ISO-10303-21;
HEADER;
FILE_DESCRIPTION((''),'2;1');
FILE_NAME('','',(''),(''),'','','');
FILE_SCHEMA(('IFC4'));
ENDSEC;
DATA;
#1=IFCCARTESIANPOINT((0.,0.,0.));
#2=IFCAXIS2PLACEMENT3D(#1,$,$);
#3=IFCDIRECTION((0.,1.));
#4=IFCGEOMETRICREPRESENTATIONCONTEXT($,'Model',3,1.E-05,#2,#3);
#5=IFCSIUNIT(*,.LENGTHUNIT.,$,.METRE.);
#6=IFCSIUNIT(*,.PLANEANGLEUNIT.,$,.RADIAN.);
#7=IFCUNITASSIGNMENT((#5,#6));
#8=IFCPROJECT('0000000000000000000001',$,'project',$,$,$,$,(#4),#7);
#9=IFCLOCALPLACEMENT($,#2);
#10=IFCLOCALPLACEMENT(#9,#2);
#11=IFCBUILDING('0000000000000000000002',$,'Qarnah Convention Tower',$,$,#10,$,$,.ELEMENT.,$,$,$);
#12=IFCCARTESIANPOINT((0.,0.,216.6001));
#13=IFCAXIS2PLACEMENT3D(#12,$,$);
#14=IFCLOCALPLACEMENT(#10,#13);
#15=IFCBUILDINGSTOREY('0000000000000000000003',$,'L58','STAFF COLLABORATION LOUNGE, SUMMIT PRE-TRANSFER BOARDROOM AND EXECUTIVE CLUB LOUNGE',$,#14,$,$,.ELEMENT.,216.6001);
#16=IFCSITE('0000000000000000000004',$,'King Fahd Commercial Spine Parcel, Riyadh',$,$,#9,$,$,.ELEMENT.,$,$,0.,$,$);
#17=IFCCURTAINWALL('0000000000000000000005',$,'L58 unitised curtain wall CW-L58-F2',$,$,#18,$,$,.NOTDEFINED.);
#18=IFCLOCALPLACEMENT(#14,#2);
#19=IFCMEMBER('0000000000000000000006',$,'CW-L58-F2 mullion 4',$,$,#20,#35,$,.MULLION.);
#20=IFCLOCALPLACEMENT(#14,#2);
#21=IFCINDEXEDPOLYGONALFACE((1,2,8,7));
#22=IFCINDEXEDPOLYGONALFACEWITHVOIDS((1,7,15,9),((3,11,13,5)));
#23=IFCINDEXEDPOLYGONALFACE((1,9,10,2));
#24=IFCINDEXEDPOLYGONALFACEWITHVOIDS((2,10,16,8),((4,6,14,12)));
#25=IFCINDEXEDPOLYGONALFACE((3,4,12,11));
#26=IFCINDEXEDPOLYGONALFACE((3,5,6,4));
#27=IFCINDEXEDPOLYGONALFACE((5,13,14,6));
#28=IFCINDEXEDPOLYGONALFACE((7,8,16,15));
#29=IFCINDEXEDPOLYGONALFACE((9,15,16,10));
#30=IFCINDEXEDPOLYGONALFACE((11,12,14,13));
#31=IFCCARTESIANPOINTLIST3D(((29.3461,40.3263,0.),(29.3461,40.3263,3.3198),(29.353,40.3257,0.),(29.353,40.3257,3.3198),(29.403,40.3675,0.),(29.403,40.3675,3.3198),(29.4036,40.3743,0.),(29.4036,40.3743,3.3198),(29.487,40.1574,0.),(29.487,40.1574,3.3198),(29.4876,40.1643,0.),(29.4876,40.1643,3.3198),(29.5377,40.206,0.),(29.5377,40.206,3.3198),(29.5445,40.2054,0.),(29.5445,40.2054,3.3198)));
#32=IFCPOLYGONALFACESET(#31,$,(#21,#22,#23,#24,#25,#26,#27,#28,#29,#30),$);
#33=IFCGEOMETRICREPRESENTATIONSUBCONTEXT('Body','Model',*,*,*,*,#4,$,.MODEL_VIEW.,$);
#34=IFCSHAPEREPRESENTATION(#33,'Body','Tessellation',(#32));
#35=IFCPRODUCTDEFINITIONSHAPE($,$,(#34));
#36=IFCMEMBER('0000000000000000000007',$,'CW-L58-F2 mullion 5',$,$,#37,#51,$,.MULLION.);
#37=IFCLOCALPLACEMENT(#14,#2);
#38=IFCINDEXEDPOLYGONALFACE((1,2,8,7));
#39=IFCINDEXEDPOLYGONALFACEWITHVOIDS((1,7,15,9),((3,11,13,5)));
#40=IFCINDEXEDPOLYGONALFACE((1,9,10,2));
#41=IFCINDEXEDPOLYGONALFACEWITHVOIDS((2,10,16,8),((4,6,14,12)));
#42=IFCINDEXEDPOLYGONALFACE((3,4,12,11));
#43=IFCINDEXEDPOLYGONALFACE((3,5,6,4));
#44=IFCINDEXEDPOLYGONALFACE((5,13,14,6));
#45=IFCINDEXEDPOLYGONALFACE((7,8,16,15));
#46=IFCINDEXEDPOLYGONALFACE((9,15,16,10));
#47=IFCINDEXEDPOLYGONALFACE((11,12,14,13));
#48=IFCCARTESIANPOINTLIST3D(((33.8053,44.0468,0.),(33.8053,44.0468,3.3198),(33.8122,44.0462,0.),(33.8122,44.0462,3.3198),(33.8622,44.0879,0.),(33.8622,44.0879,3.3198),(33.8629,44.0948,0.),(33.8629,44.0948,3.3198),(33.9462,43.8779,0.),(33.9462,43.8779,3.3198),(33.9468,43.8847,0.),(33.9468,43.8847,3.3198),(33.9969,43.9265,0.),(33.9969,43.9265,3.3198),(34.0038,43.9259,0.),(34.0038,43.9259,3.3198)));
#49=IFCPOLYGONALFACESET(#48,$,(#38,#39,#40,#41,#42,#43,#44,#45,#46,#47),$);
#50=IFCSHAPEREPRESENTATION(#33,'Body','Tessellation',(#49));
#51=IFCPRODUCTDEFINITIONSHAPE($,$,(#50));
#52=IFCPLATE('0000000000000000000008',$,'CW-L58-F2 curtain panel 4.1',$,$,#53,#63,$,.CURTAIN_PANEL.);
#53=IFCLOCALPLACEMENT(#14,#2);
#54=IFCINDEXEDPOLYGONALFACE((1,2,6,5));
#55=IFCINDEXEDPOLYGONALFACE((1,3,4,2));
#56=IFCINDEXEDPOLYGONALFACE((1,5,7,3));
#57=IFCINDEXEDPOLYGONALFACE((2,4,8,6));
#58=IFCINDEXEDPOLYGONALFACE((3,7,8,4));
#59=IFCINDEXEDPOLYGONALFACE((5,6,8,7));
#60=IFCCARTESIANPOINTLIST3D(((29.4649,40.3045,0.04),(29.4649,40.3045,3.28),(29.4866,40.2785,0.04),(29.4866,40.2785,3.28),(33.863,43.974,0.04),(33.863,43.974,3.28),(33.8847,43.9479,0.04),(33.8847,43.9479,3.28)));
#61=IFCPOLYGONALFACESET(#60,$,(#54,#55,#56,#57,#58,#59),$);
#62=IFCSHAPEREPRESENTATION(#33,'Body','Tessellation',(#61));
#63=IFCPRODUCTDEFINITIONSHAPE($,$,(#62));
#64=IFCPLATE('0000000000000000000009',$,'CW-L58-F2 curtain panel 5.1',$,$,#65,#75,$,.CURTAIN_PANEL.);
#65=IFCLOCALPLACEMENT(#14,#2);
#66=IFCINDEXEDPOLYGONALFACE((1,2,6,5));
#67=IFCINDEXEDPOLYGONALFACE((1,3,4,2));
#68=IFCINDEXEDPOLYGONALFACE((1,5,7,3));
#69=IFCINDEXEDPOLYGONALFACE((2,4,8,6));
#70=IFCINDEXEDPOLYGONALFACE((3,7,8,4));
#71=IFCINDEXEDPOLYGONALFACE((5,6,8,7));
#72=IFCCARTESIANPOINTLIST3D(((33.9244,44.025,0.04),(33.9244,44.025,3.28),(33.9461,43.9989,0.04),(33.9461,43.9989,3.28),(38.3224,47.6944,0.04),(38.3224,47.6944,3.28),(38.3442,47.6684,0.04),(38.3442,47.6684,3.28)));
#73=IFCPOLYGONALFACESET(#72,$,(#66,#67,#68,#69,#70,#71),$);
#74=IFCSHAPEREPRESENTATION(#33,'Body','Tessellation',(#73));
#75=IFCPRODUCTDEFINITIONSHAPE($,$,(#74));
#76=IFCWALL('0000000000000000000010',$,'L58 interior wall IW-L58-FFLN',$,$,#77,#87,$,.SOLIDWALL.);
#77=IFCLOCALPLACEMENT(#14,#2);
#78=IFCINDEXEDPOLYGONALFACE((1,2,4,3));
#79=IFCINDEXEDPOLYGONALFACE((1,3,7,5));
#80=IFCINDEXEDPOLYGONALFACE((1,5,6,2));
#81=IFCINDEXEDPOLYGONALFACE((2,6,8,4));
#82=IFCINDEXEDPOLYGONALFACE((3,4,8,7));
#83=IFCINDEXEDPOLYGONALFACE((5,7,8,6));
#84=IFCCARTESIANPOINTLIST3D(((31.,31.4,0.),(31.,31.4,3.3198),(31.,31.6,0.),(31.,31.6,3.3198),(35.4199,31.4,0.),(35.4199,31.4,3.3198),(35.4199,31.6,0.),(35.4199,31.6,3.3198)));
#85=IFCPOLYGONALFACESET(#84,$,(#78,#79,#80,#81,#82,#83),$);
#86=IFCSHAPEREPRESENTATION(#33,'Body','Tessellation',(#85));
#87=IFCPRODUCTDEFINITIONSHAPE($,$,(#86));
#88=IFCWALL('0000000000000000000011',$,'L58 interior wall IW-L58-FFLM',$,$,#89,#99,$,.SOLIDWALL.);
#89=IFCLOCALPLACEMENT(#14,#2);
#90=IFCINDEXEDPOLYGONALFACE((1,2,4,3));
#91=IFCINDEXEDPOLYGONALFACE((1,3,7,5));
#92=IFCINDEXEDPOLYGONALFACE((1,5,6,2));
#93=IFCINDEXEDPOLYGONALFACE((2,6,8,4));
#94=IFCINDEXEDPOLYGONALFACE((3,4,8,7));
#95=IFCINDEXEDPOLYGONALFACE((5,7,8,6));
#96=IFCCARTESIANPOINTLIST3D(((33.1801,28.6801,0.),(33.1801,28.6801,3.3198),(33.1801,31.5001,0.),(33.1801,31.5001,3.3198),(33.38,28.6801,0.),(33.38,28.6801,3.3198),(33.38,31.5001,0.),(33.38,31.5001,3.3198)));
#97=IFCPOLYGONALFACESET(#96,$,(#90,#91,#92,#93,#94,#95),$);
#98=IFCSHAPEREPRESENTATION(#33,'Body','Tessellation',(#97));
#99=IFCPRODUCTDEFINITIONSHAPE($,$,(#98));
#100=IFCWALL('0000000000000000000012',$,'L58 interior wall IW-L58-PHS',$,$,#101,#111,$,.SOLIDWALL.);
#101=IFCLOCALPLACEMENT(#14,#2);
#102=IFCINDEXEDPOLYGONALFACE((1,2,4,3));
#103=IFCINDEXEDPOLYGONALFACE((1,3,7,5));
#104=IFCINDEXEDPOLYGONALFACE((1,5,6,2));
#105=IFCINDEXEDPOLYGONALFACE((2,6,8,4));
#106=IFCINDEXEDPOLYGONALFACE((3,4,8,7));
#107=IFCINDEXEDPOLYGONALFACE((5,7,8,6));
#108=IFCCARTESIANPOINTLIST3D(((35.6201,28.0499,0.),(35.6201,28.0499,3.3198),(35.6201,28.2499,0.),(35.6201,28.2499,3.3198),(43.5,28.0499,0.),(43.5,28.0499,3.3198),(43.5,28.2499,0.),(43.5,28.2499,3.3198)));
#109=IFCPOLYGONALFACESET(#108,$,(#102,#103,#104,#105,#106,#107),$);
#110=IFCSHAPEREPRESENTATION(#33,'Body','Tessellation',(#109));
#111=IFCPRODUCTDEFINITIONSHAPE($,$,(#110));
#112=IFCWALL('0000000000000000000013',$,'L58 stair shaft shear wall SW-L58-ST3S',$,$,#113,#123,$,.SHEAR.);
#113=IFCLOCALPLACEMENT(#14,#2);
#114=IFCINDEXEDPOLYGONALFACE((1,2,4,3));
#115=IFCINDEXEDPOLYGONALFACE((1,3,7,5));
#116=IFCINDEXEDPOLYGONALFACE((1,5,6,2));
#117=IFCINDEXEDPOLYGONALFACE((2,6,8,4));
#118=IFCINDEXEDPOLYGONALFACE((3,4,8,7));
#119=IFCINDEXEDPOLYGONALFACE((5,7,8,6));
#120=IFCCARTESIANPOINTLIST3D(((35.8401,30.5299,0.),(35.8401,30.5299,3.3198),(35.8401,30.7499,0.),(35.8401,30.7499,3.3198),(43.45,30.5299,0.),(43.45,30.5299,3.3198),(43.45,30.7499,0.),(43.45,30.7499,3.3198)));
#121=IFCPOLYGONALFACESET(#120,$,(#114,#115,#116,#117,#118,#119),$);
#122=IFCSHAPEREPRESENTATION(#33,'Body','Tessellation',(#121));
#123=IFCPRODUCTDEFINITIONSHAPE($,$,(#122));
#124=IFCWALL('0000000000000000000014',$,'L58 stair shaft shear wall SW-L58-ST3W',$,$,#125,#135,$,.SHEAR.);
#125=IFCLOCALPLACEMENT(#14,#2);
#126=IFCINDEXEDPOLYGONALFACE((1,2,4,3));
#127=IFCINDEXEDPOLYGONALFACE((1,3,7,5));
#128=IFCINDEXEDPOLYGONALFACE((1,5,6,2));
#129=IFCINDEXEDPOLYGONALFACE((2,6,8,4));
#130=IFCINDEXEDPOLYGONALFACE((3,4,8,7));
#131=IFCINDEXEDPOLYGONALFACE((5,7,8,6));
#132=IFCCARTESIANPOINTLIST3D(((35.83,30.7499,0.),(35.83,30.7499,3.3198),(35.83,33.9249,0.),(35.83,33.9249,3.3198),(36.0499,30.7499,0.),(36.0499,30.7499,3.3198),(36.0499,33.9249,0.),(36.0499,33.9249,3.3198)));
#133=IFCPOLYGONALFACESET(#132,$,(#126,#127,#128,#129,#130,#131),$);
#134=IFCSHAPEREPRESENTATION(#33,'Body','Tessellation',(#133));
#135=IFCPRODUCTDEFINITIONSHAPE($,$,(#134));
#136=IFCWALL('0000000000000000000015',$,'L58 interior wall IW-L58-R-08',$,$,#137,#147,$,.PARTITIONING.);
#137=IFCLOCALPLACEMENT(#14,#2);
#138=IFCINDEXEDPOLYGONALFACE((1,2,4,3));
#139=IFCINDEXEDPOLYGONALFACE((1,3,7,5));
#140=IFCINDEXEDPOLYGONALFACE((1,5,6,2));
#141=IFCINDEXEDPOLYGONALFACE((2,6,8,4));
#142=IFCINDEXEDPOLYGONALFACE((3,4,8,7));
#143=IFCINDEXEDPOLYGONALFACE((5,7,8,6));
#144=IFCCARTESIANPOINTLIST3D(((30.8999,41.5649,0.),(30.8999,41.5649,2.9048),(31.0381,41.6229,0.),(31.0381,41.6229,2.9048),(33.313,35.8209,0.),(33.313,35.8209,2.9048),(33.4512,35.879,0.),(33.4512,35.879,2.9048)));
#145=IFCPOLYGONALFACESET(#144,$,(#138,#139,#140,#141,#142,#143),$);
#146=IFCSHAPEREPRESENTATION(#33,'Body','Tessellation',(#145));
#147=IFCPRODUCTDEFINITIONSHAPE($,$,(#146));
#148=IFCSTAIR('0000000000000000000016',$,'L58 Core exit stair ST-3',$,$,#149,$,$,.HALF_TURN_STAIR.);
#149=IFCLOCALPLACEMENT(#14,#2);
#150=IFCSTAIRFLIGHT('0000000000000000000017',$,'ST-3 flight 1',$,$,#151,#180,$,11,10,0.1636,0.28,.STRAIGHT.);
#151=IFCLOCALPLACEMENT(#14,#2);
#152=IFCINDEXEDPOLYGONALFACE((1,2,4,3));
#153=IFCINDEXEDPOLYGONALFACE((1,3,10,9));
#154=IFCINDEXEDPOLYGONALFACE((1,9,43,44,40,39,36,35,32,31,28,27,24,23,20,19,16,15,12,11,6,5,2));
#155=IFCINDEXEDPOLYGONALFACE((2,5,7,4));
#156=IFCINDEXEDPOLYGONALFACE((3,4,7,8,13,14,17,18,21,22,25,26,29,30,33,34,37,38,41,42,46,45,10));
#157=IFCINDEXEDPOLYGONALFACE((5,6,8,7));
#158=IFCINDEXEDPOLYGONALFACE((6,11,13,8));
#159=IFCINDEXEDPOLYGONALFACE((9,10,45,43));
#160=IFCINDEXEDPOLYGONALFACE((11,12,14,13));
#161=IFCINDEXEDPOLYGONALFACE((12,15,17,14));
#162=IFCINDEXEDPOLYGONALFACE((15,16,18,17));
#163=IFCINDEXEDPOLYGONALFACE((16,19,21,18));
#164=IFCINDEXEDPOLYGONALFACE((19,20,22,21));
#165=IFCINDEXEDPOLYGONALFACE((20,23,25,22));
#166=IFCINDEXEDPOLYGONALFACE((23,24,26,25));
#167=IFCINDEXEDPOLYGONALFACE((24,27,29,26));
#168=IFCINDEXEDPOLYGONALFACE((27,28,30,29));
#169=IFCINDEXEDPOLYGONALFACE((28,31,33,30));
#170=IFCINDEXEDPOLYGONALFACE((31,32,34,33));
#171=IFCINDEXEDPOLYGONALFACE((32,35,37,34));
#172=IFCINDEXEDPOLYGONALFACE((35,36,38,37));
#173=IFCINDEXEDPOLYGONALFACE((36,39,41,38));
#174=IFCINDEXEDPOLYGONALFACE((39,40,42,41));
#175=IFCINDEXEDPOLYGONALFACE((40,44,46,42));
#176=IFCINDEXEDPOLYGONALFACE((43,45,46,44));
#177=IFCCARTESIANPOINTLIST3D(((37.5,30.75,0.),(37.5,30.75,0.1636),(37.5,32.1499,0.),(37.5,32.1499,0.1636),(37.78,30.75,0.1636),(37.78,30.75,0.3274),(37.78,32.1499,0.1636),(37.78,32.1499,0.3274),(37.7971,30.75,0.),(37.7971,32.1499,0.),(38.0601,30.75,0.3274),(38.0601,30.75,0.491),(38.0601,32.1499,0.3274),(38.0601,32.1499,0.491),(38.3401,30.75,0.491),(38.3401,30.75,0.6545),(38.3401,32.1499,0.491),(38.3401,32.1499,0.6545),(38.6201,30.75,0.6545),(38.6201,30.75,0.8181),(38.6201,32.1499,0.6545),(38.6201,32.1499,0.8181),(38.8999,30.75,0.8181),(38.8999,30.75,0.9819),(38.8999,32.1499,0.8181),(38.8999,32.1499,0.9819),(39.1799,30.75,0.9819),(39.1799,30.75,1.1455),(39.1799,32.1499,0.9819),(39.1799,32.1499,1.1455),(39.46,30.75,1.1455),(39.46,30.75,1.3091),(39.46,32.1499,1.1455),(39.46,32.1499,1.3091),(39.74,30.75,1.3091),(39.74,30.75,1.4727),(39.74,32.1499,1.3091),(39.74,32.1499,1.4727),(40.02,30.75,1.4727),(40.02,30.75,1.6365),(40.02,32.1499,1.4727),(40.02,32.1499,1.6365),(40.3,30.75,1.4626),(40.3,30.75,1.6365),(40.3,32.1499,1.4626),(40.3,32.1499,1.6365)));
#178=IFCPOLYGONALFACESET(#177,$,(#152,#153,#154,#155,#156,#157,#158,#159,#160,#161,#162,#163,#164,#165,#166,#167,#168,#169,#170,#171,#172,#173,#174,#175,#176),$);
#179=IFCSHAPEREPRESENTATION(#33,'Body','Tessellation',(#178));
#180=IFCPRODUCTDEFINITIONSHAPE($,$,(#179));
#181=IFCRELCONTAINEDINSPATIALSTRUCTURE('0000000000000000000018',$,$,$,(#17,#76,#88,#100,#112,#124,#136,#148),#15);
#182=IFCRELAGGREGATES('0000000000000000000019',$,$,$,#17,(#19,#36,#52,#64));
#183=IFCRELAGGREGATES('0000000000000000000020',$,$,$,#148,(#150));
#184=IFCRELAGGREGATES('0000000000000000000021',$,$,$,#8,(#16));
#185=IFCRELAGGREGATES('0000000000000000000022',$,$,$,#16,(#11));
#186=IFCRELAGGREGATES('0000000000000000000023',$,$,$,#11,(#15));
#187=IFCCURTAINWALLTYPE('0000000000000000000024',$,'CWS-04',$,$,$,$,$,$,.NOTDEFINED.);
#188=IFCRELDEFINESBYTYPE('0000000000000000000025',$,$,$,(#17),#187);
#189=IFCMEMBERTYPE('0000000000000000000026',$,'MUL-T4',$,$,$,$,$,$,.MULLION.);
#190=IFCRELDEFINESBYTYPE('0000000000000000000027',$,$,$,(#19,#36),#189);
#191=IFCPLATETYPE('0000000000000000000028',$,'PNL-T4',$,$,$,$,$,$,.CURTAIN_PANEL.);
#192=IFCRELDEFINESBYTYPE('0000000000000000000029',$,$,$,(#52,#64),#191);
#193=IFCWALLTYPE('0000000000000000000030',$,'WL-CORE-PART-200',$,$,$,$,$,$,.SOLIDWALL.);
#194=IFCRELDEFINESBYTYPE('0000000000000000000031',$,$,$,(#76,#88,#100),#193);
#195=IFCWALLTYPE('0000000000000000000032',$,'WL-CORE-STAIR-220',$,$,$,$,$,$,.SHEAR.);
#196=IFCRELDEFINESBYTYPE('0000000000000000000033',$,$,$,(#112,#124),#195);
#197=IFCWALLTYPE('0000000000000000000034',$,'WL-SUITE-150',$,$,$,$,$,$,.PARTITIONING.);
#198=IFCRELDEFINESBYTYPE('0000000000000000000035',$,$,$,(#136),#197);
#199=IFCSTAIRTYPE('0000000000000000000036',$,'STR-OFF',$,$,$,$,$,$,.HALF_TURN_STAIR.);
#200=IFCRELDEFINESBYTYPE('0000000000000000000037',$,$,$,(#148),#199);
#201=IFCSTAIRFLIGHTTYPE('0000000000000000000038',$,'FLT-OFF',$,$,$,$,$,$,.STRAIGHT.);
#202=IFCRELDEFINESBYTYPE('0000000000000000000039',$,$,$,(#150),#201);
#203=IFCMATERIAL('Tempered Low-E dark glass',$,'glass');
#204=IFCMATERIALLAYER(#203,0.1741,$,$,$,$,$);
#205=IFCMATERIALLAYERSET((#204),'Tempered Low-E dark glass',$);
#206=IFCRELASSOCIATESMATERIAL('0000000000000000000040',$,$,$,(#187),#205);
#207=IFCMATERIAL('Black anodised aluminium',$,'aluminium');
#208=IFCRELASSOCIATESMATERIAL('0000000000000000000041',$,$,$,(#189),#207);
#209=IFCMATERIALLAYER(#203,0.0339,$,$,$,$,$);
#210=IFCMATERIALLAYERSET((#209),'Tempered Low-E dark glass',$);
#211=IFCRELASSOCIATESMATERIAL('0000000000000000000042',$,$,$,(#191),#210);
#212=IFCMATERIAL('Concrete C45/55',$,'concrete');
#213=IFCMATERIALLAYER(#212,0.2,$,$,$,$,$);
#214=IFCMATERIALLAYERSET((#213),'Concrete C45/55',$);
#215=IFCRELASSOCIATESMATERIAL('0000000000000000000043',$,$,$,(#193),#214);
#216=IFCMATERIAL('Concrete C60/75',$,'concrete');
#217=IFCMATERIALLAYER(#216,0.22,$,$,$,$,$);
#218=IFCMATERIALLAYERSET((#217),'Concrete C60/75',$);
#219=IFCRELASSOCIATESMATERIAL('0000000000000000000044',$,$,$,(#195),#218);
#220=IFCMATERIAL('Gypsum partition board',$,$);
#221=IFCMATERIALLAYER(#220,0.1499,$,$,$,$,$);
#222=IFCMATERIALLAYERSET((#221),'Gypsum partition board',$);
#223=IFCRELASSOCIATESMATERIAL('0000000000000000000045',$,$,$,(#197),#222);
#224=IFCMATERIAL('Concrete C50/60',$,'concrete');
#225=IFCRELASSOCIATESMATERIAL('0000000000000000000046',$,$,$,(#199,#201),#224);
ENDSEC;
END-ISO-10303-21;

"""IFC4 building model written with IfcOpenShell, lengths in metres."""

from ifc_helpers import new_model, si_unit, direction, frame, frame_2d, origin, origin_2d, place, context, subcontext, project, spatial, polyline, rectangle, hollow_rectangle, outline, extrude, material, layer, layer_set, material_profile, profile_set, type_object, element, aggregate, save


model = new_model("IFC4")

# Units and contexts
model_context = context("Model", 3, precision=1e-05, world=origin(), true_north=direction((0.0, 1.0)))
body_context = subcontext(model_context, "Body", "Model", "MODEL_VIEW")
ifc_project = project(units=[si_unit("LENGTHUNIT", "METRE"), si_unit("PLANEANGLEUNIT", "RADIAN")], contexts=[model_context])

# Site, building, storey
site_placement = place(None, origin())
site = spatial("IfcSite", under=ifc_project, at=site_placement, Name="King Fahd Commercial Spine Parcel, Riyadh", CompositionType="ELEMENT", RefElevation=0.0)
building_placement = place(site_placement, origin())
building = spatial("IfcBuilding", under=site, at=building_placement, Name="Qarnah Convention Tower", CompositionType="ELEMENT")
storey_placement = place(building_placement, frame((0.0, 0.0, 216.6001)))
storey = spatial("IfcBuildingStorey", under=building, at=storey_placement, Name="L58", Description="STAFF COLLABORATION LOUNGE, SUMMIT PRE-TRANSFER BOARDROOM AND EXECUTIVE CLUB LOUNGE", CompositionType="ELEMENT", Elevation=216.6001)

# Shared definitions
ifc_material_1 = material(Name="Concrete C50/60", Category="concrete")

# Curtain wall, members, plates
ifc_material_2 = material(Name="Tempered Low-E dark glass", Category="glass")
ifc_layer_1 = layer(ifc_material_2, 0.1741)
ifc_layer_set_1 = layer_set([ifc_layer_1], Name="Tempered Low-E dark glass")
curtain_wall_type = type_object("IfcCurtainWallType", Name="CWS-04", PredefinedType="NOTDEFINED", material=ifc_layer_set_1)
curtain_wall_placement = place(storey_placement, origin())
curtain_wall = element("IfcCurtainWall", 1, at=curtain_wall_placement, inside=storey, type_object=curtain_wall_type, Name="L58 unitised curtain wall CW-L58-F2", PredefinedType="NOTDEFINED")
ifc_material_3 = material(Name="Black anodised aluminium", Category="aluminium")
ifc_material_profile_1 = material_profile(ifc_material_3, hollow_rectangle(XDim=0.075, YDim=0.22, WallThickness=0.0049, at=origin_2d()), Name="MUL-75X220")
ifc_profile_set_1 = profile_set([ifc_material_profile_1], Name="Black anodised aluminium")
member_type = type_object("IfcMemberType", Name="MUL-T4", PredefinedType="MULLION", material=ifc_profile_set_1)
member_1_placement = place(storey_placement, frame((29.4453, 40.2659, 0.0), z_axis=(0.0, 0.0, 1.0), x_axis=(0.767846, 0.640635, 0.0)))
member_1 = element("IfcMember", 2, at=member_1_placement, type_object=member_type, Name="CW-L58-F2 mullion 4", PredefinedType="MULLION", context=body_context, shape_type="SweptSolid", body=[
    extrude(hollow_rectangle(XDim=0.075, YDim=0.22, WallThickness=0.0049, at=origin_2d()), origin(), (0.0, 0.0, 1.0), 3.3198),
])
member_2_placement = place(storey_placement, frame((33.9045, 43.9863, 0.0), z_axis=(0.0, 0.0, 1.0), x_axis=(0.767846, 0.640635, 0.0)))
member_2 = element("IfcMember", 3, at=member_2_placement, type_object=member_type, Name="CW-L58-F2 mullion 5", PredefinedType="MULLION", context=body_context, shape_type="SweptSolid", body=[
    extrude(hollow_rectangle(XDim=0.075, YDim=0.22, WallThickness=0.0049, at=origin_2d()), origin(), (0.0, 0.0, 1.0), 3.3198),
])
ifc_layer_2 = layer(ifc_material_2, 0.0339)
ifc_layer_set_2 = layer_set([ifc_layer_2], Name="Tempered Low-E dark glass")
plate_type = type_object("IfcPlateType", Name="PNL-T4", PredefinedType="CURTAIN_PANEL", material=ifc_layer_set_2)
plate_1_placement = place(storey_placement, frame((31.6748, 42.1262, 0.04), z_axis=(0.0, 0.0, 1.0), x_axis=(0.767846, 0.640635, 0.0)))
plate_1 = element("IfcPlate", 4, at=plate_1_placement, type_object=plate_type, Name="CW-L58-F2 curtain panel 4.1", PredefinedType="CURTAIN_PANEL", context=body_context, shape_type="SweptSolid", body=[
    extrude(rectangle(XDim=5.7278, YDim=0.0339, at=origin_2d()), origin(), (0.0, 0.0, 1.0), 3.24),
])
plate_2_placement = place(storey_placement, frame((36.1343, 45.8467, 0.04), z_axis=(0.0, 0.0, 1.0), x_axis=(0.767846, 0.640635, 0.0)))
plate_2 = element("IfcPlate", 5, at=plate_2_placement, type_object=plate_type, Name="CW-L58-F2 curtain panel 5.1", PredefinedType="CURTAIN_PANEL", context=body_context, shape_type="SweptSolid", body=[
    extrude(rectangle(XDim=5.7278, YDim=0.0339, at=origin_2d()), origin(), (0.0, 0.0, 1.0), 3.24),
])
aggregate(curtain_wall, [member_1, member_2, plate_1, plate_2])

# Shared definitions
ifc_material_4 = material(Name="Concrete C45/55", Category="concrete")
ifc_layer_3 = layer(ifc_material_4, 0.2)
ifc_layer_set_3 = layer_set([ifc_layer_3], Name="Concrete C45/55")
wall_type_1 = type_object("IfcWallType", Name="WL-CORE-PART-200", PredefinedType="SOLIDWALL", material=ifc_layer_set_3)

# Walls
wall_1_placement = place(storey_placement, frame((31.0, 31.5, 0.0), z_axis=(0.0, 0.0, 1.0), x_axis=(1.0, 0.0, 0.0)))
element("IfcWall", 6, at=wall_1_placement, inside=storey, type_object=wall_type_1, Name="L58 interior wall IW-L58-FFLN", PredefinedType="SOLIDWALL", context=body_context, shape_type="SweptSolid", body=[
    extrude(rectangle(XDim=4.4199, YDim=0.2, at=frame_2d((2.21, 0.0))), origin(), (0.0, 0.0, 1.0), 3.3198),
])
wall_2_placement = place(storey_placement, frame((33.28, 28.6799, 0.0), z_axis=(0.0, 0.0, 1.0), x_axis=(0.0, 1.0, 0.0)))
element("IfcWall", 7, at=wall_2_placement, inside=storey, type_object=wall_type_1, Name="L58 interior wall IW-L58-FFLM", PredefinedType="SOLIDWALL", context=body_context, shape_type="SweptSolid", body=[
    extrude(rectangle(XDim=2.8201, YDim=0.2, at=frame_2d((1.4102, 0.0))), origin(), (0.0, 0.0, 1.0), 3.3198),
])
wall_3_placement = place(storey_placement, frame((35.6201, 28.1499, 0.0), z_axis=(0.0, 0.0, 1.0), x_axis=(1.0, 0.0, 0.0)))
element("IfcWall", 8, at=wall_3_placement, inside=storey, type_object=wall_type_1, Name="L58 interior wall IW-L58-PHS", PredefinedType="SOLIDWALL", context=body_context, shape_type="SweptSolid", body=[
    extrude(rectangle(XDim=7.8799, YDim=0.2, at=frame_2d((3.9399, 0.0))), origin(), (0.0, 0.0, 1.0), 3.3198),
])

# Walls
ifc_material_5 = material(Name="Concrete C60/75", Category="concrete")
ifc_layer_4 = layer(ifc_material_5, 0.22)
ifc_layer_set_4 = layer_set([ifc_layer_4], Name="Concrete C60/75")
wall_type_2 = type_object("IfcWallType", Name="WL-CORE-STAIR-220", PredefinedType="SHEAR", material=ifc_layer_set_4)
wall_4_placement = place(storey_placement, frame((35.8401, 30.6399, 0.0), z_axis=(0.0, 0.0, 1.0), x_axis=(1.0, 0.0, 0.0)))
element("IfcWall", 9, at=wall_4_placement, inside=storey, type_object=wall_type_2, Name="L58 stair shaft shear wall SW-L58-ST3S", PredefinedType="SHEAR", context=body_context, shape_type="SweptSolid", body=[
    extrude(rectangle(XDim=7.6099, YDim=0.22, at=frame_2d((3.8049, 0.0))), origin(), (0.0, 0.0, 1.0), 3.3198),
])
wall_5_placement = place(storey_placement, frame((35.9399, 30.75, 0.0), z_axis=(0.0, 0.0, 1.0), x_axis=(0.0, 1.0, 0.0)))
element("IfcWall", 10, at=wall_5_placement, inside=storey, type_object=wall_type_2, Name="L58 stair shaft shear wall SW-L58-ST3W", PredefinedType="SHEAR", context=body_context, shape_type="SweptSolid", body=[
    extrude(rectangle(XDim=3.175, YDim=0.22, at=frame_2d((1.5874, 0.0))), origin(), (0.0, 0.0, 1.0), 3.3198),
])
ifc_material_6 = material(Name="Gypsum partition board")
ifc_layer_5 = layer(ifc_material_6, 0.1499)
ifc_layer_set_5 = layer_set([ifc_layer_5], Name="Gypsum partition board")
wall_type_3 = type_object("IfcWallType", Name="WL-SUITE-150", PredefinedType="PARTITIONING", material=ifc_layer_set_5)
wall_6_placement = place(storey_placement, frame((30.969, 41.594, 0.0), z_axis=(0.0, 0.0, 1.0), x_axis=(0.387321, -0.921945, 0.0)))
element("IfcWall", 11, at=wall_6_placement, inside=storey, type_object=wall_type_3, Name="L58 interior wall IW-L58-R-08", PredefinedType="PARTITIONING", context=body_context, shape_type="SweptSolid", body=[
    extrude(rectangle(XDim=6.2302, YDim=0.1499, at=frame_2d((3.1152, 0.0))), origin(), (0.0, 0.0, 1.0), 2.9048),
])

# Stair, stair flight
stair_type = type_object("IfcStairType", Name="STR-OFF", PredefinedType="HALF_TURN_STAIR", material=ifc_material_1)
stair_placement = place(storey_placement, origin())
stair = element("IfcStair", 12, at=stair_placement, inside=storey, type_object=stair_type, Name="L58 Core exit stair ST-3", PredefinedType="HALF_TURN_STAIR")
stair_flight_type = type_object("IfcStairFlightType", Name="FLT-OFF", PredefinedType="STRAIGHT", material=ifc_material_1)
stair_flight_placement = place(storey_placement, frame((37.5, 31.45, 0.0), z_axis=(0.0, 0.0, 1.0), x_axis=(1.0, 0.0, 0.0)))
stair_flight = element("IfcStairFlight", 13, at=stair_flight_placement, type_object=stair_flight_type, Name="ST-3 flight 1", NumberOfRisers=11, NumberOfTreads=10, PredefinedType="STRAIGHT", RiserHeight=0.1636, TreadLength=0.28, context=body_context, shape_type="SweptSolid", body=[
    extrude(outline(polyline([(0.0, 0.0), (0.0, 0.1636), (0.28, 0.1636), (0.28, 0.3274), (0.5601, 0.3274), (0.5601, 0.491), (0.8401, 0.491), (0.8401, 0.6545), (1.1201, 0.6545), (1.1201, 0.8181), (1.3999, 0.8181), (1.3999, 0.9819), (1.6799, 0.9819), (1.6799, 1.1455), (1.96, 1.1455), (1.96, 1.3091), (2.24, 1.3091), (2.24, 1.4727), (2.52, 1.4727), (2.52, 1.6365), (2.8, 1.6365), (2.8, 1.8), (2.8, 1.4626), (0.2971, 0.0), (0.0, 0.0)])), frame((0.0, 0.7, 0.0), z_axis=(0.0, -1.0, 0.0), x_axis=(1.0, 0.0, 0.0)), (0.0, 0.0, 1.0), 1.3999),
])
aggregate(stair, [stair_flight])

save(model, "model.ifc")
